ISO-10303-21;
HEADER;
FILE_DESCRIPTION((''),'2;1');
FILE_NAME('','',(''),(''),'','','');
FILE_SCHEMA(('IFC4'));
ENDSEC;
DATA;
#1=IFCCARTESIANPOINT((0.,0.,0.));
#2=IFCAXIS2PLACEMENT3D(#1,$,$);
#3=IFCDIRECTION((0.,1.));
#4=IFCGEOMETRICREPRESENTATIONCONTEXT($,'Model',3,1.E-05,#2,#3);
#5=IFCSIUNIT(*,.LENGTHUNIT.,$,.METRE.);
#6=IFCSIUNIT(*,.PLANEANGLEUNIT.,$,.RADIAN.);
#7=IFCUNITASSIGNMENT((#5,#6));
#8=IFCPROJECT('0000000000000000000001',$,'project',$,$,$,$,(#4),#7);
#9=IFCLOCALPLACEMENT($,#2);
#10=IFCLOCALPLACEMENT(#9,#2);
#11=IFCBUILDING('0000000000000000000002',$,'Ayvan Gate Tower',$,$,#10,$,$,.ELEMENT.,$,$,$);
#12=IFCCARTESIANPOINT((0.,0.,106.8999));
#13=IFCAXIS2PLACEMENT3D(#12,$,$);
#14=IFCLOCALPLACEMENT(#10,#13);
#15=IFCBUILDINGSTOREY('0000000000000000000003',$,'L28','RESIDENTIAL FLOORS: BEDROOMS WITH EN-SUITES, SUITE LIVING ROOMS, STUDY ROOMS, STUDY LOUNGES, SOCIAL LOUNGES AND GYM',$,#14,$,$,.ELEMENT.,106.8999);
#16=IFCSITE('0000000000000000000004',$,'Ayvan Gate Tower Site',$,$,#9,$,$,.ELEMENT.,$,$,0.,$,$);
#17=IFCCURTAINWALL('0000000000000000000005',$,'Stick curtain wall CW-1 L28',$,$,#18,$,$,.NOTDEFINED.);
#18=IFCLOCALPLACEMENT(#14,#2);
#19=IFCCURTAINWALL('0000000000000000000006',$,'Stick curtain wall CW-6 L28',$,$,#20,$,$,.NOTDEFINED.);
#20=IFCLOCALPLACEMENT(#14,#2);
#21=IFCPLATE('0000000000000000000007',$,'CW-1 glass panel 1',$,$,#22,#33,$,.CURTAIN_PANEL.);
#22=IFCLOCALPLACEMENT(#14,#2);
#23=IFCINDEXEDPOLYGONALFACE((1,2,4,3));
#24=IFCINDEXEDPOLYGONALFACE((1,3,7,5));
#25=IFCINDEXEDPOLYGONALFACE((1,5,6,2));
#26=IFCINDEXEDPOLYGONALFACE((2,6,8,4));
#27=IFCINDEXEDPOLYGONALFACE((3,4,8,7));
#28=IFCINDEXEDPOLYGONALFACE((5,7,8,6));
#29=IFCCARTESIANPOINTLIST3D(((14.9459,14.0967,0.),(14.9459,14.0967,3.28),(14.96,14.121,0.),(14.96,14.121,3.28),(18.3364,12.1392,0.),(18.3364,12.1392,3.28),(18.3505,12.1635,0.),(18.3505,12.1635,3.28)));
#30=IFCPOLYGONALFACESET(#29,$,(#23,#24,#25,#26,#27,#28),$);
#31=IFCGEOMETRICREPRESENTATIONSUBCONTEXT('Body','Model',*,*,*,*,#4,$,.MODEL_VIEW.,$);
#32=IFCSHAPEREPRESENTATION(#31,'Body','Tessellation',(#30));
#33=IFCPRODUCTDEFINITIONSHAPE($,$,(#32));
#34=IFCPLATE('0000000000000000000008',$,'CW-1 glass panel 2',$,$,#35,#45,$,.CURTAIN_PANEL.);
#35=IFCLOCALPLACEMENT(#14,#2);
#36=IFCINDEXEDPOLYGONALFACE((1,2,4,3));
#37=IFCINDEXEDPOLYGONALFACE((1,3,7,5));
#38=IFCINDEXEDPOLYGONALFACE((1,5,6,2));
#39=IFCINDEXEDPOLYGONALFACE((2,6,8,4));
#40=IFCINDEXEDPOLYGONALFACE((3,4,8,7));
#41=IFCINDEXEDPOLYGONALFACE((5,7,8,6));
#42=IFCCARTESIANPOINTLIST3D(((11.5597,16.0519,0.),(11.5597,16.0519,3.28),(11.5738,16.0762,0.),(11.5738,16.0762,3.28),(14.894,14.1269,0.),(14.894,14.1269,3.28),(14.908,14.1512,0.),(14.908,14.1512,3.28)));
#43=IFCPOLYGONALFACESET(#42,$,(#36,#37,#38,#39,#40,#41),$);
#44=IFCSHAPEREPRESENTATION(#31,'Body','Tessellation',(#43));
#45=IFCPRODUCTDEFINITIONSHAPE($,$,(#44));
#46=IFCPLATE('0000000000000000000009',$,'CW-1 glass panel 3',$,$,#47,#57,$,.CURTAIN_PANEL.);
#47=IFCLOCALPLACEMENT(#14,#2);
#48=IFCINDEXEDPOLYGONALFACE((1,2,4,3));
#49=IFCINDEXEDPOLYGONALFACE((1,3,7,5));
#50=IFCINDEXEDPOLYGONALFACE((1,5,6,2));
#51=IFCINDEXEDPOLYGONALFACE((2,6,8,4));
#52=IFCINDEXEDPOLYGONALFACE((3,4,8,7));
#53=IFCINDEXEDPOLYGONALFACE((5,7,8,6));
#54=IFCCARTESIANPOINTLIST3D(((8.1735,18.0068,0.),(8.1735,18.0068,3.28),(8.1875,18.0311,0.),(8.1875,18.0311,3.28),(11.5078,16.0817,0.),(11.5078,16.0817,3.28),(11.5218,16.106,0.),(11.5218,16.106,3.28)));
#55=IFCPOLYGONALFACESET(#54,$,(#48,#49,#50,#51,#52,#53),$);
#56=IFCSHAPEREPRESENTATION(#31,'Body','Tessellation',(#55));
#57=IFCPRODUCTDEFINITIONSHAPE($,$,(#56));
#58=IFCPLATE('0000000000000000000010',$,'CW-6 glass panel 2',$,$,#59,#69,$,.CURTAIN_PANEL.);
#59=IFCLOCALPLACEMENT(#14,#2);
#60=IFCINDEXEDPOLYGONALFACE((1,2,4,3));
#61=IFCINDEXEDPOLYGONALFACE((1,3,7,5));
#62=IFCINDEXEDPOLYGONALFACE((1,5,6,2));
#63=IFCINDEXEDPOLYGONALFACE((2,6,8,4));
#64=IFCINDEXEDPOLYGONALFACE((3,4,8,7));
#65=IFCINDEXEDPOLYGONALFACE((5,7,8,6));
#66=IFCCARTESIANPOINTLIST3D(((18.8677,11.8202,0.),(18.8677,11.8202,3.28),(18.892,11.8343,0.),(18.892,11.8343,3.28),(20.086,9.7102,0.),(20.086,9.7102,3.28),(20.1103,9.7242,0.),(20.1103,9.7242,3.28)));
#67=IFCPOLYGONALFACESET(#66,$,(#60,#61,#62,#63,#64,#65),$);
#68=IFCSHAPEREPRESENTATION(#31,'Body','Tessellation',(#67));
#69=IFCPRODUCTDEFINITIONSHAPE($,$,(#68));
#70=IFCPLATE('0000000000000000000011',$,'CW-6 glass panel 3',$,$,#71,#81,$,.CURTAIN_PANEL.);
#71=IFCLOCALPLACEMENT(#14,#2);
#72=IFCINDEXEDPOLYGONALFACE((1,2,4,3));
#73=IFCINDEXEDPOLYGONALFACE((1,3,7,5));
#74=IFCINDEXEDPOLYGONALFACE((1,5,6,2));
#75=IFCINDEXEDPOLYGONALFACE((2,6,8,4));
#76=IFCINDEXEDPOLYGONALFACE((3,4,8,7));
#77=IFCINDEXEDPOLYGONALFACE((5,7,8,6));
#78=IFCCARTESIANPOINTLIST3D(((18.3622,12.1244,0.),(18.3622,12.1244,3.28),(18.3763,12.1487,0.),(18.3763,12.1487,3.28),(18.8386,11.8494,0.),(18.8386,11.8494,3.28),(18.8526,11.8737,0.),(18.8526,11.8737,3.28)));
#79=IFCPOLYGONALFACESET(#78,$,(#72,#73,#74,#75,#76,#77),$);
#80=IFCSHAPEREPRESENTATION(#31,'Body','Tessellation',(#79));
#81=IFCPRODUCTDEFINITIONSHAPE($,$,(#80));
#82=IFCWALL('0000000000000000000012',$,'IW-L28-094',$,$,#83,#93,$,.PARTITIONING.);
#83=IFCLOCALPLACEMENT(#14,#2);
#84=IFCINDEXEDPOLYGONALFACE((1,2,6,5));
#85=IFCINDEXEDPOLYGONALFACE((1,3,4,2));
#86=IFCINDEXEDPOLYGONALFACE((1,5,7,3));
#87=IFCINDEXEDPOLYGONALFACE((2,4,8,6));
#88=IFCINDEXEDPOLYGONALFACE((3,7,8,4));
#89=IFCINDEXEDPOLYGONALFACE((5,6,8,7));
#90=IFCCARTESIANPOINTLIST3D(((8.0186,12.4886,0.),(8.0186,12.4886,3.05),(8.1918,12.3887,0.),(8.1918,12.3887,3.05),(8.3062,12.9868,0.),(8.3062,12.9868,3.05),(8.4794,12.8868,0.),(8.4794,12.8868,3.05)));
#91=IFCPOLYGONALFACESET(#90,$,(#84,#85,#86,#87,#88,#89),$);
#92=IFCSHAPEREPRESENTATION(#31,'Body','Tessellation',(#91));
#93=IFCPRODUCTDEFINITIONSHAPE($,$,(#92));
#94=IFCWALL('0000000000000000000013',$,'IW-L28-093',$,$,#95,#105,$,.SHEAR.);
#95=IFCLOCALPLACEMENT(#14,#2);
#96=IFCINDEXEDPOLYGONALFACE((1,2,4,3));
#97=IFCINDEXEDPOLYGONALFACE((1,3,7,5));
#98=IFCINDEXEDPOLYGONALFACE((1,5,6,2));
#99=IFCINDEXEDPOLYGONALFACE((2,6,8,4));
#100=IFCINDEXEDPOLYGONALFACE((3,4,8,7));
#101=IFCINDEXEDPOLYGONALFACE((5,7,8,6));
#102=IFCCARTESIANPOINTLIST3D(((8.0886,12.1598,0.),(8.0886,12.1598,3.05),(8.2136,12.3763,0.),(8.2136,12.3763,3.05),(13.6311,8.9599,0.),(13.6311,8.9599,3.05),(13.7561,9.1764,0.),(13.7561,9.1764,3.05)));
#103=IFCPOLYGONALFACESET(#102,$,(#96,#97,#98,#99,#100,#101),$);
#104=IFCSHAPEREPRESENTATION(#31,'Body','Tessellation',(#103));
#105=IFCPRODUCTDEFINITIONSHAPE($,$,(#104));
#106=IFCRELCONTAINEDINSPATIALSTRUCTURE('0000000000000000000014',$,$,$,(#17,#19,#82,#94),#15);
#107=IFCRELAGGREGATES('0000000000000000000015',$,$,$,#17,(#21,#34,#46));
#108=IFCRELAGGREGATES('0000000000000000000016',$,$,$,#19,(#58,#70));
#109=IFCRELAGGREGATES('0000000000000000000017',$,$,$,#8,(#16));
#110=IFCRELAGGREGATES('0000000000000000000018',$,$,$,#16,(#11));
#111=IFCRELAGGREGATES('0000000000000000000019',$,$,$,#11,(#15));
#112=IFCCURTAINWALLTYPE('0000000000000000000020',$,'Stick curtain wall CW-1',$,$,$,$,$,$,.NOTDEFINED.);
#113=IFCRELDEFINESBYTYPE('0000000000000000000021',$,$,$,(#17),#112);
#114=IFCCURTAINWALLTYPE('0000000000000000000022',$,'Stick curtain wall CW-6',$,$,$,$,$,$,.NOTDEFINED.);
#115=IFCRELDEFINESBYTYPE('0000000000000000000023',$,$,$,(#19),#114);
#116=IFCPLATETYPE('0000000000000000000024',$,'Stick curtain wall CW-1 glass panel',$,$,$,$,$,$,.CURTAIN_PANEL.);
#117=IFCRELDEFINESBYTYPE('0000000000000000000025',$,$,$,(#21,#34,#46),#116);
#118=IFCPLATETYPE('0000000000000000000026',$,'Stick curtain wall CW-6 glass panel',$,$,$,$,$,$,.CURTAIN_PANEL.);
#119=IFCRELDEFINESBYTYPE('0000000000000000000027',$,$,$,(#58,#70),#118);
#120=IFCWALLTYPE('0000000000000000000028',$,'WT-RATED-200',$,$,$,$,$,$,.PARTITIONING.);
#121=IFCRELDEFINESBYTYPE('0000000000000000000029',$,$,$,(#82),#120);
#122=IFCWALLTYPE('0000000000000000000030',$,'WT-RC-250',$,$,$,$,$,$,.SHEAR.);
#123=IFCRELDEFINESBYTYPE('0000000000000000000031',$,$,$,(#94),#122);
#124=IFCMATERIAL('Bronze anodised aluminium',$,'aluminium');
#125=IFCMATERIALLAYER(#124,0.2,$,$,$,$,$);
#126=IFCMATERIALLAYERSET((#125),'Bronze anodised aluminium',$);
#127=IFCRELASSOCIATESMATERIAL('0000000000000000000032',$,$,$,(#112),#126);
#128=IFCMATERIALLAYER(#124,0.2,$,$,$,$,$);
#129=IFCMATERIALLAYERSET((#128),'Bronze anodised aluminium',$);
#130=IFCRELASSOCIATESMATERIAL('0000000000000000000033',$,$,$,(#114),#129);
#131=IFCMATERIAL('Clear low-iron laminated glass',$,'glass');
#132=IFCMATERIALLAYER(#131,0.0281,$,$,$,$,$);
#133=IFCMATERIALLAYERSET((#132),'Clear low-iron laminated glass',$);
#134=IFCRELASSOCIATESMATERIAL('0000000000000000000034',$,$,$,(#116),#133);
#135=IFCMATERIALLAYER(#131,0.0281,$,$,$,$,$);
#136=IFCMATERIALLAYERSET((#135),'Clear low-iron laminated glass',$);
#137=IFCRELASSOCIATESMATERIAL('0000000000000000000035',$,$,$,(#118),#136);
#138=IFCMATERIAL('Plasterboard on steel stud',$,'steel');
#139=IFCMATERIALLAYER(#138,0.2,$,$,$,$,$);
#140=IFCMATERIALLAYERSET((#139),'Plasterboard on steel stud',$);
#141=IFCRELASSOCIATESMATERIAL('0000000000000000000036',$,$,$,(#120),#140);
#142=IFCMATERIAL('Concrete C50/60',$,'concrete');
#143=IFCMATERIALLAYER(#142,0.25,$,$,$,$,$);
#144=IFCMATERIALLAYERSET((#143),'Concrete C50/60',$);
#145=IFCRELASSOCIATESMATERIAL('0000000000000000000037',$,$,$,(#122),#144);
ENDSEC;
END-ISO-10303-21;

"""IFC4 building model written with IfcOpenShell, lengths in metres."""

from ifc_helpers import new_model, si_unit, direction, frame, frame_2d, origin, origin_2d, place, context, subcontext, project, spatial, rectangle, extrude, material, layer, layer_set, type_object, element, aggregate, save


model = new_model("IFC4")

# Units and contexts
model_context = context("Model", 3, precision=1e-05, world=origin(), true_north=direction((0.0, 1.0)))
body_context = subcontext(model_context, "Body", "Model", "MODEL_VIEW")
ifc_project = project(units=[si_unit("LENGTHUNIT", "METRE"), si_unit("PLANEANGLEUNIT", "RADIAN")], contexts=[model_context])

# Site, building, storey
site_placement = place(None, origin())
site = spatial("IfcSite", under=ifc_project, at=site_placement, Name="Ayvan Gate Tower Site", CompositionType="ELEMENT", RefElevation=0.0)
building_placement = place(site_placement, origin())
building = spatial("IfcBuilding", under=site, at=building_placement, Name="Ayvan Gate Tower", CompositionType="ELEMENT")
storey_placement = place(building_placement, frame((0.0, 0.0, 106.8999)))
storey = spatial("IfcBuildingStorey", under=building, at=storey_placement, Name="L28", Description="RESIDENTIAL FLOORS: BEDROOMS WITH EN-SUITES, SUITE LIVING ROOMS, STUDY ROOMS, STUDY LOUNGES, SOCIAL LOUNGES AND GYM", CompositionType="ELEMENT", Elevation=106.8999)

# Curtain walls
ifc_material_1 = material(Name="Bronze anodised aluminium", Category="aluminium")
ifc_layer_1 = layer(ifc_material_1, 0.2)
ifc_layer_set_1 = layer_set([ifc_layer_1], Name="Bronze anodised aluminium")
curtain_wall_type_1 = type_object("IfcCurtainWallType", Name="Stick curtain wall CW-1", PredefinedType="NOTDEFINED", material=ifc_layer_set_1)
curtain_wall_1_placement = place(storey_placement, origin())
curtain_wall_1 = element("IfcCurtainWall", 1, at=curtain_wall_1_placement, inside=storey, type_object=curtain_wall_type_1, Name="Stick curtain wall CW-1 L28", PredefinedType="NOTDEFINED")
ifc_layer_2 = layer(ifc_material_1, 0.2)
ifc_layer_set_2 = layer_set([ifc_layer_2], Name="Bronze anodised aluminium")
curtain_wall_type_2 = type_object("IfcCurtainWallType", Name="Stick curtain wall CW-6", PredefinedType="NOTDEFINED", material=ifc_layer_set_2)
curtain_wall_2_placement = place(storey_placement, origin())
curtain_wall_2 = element("IfcCurtainWall", 2, at=curtain_wall_2_placement, inside=storey, type_object=curtain_wall_type_2, Name="Stick curtain wall CW-6 L28", PredefinedType="NOTDEFINED")

# Plates
ifc_material_2 = material(Name="Clear low-iron laminated glass", Category="glass")
ifc_layer_3 = layer(ifc_material_2, 0.0281)
ifc_layer_set_3 = layer_set([ifc_layer_3], Name="Clear low-iron laminated glass")
plate_type_1 = type_object("IfcPlateType", Name="Stick curtain wall CW-1 glass panel", PredefinedType="CURTAIN_PANEL", material=ifc_layer_set_3)
plate_1_placement = place(storey_placement, frame((16.6482, 13.1301, 0.0), z_axis=(0.0, 0.0, 1.0), x_axis=(-0.866025, 0.5, 0.0)))
plate_1 = element("IfcPlate", 3, at=plate_1_placement, type_object=plate_type_1, Name="CW-1 glass panel 1", PredefinedType="CURTAIN_PANEL", context=body_context, shape_type="SweptSolid", body=[
    extrude(rectangle(XDim=3.915, YDim=0.0281, at=origin_2d()), origin(), (0.0, 0.0, 1.0), 3.28),
])
plate_2_placement = place(storey_placement, frame((13.2339, 15.1016, 0.0), z_axis=(0.0, 0.0, 1.0), x_axis=(-0.866025, 0.5, 0.0)))
plate_2 = element("IfcPlate", 4, at=plate_2_placement, type_object=plate_type_1, Name="CW-1 glass panel 2", PredefinedType="CURTAIN_PANEL", context=body_context, shape_type="SweptSolid", body=[
    extrude(rectangle(XDim=3.8501, YDim=0.0281, at=origin_2d()), origin(), (0.0, 0.0, 1.0), 3.28),
])
plate_3_placement = place(storey_placement, frame((9.8477, 17.0564, 0.0), z_axis=(0.0, 0.0, 1.0), x_axis=(-0.866025, 0.5, 0.0)))
plate_3 = element("IfcPlate", 5, at=plate_3_placement, type_object=plate_type_1, Name="CW-1 glass panel 3", PredefinedType="CURTAIN_PANEL", context=body_context, shape_type="SweptSolid", body=[
    extrude(rectangle(XDim=3.8501, YDim=0.0281, at=origin_2d()), origin(), (0.0, 0.0, 1.0), 3.28),
])
aggregate(curtain_wall_1, [plate_1, plate_2, plate_3])
ifc_layer_4 = layer(ifc_material_2, 0.0281)
ifc_layer_set_4 = layer_set([ifc_layer_4], Name="Clear low-iron laminated glass")
plate_type_2 = type_object("IfcPlateType", Name="Stick curtain wall CW-6 glass panel", PredefinedType="CURTAIN_PANEL", material=ifc_layer_set_4)
plate_4_placement = place(storey_placement, frame((19.489, 10.7722, 0.0), z_axis=(0.0, 0.0, 1.0), x_axis=(-0.5, 0.866025, 0.0)))
plate_4 = element("IfcPlate", 6, at=plate_4_placement, type_object=plate_type_2, Name="CW-6 glass panel 2", PredefinedType="CURTAIN_PANEL", context=body_context, shape_type="SweptSolid", body=[
    extrude(rectangle(XDim=2.4365, YDim=0.0281, at=origin_2d()), origin(), (0.0, 0.0, 1.0), 3.28),
])
plate_5_placement = place(storey_placement, frame((18.6074, 11.999, 0.0), z_axis=(0.0, 0.0, 1.0), x_axis=(-0.866025, 0.5, 0.0)))
plate_5 = element("IfcPlate", 7, at=plate_5_placement, type_object=plate_type_2, Name="CW-6 glass panel 3", PredefinedType="CURTAIN_PANEL", context=body_context, shape_type="SweptSolid", body=[
    extrude(rectangle(XDim=0.55, YDim=0.0281, at=origin_2d()), origin(), (0.0, 0.0, 1.0), 3.28),
])
aggregate(curtain_wall_2, [plate_4, plate_5])

# Walls
ifc_material_3 = material(Name="Plasterboard on steel stud", Category="steel")
ifc_layer_5 = layer(ifc_material_3, 0.2)
ifc_layer_set_5 = layer_set([ifc_layer_5], Name="Plasterboard on steel stud")
wall_type_1 = type_object("IfcWallType", Name="WT-RATED-200", PredefinedType="PARTITIONING", material=ifc_layer_set_5)
wall_1_placement = place(storey_placement, frame((8.3928, 12.9368, 0.0), z_axis=(0.0, 0.0, 1.0), x_axis=(-0.500065, -0.865988, 0.0)))
element("IfcWall", 8, at=wall_1_placement, inside=storey, type_object=wall_type_1, Name="IW-L28-094", PredefinedType="PARTITIONING", context=body_context, shape_type="SweptSolid", body=[
    extrude(rectangle(XDim=0.5752, YDim=0.2, at=frame_2d((0.2876, 0.0))), origin(), (0.0, 0.0, 1.0), 3.05),
])
ifc_material_4 = material(Name="Concrete C50/60", Category="concrete")
ifc_layer_6 = layer(ifc_material_4, 0.25)
ifc_layer_set_6 = layer_set([ifc_layer_6], Name="Concrete C50/60")
wall_type_2 = type_object("IfcWallType", Name="WT-RC-250", PredefinedType="SHEAR", material=ifc_layer_set_6)
wall_2_placement = place(storey_placement, frame((8.1511, 12.2681, 0.0), z_axis=(0.0, 0.0, 1.0), x_axis=(0.866025, -0.5, 0.0)))
element("IfcWall", 9, at=wall_2_placement, inside=storey, type_object=wall_type_2, Name="IW-L28-093", PredefinedType="SHEAR", context=body_context, shape_type="SweptSolid", body=[
    extrude(rectangle(XDim=6.3999, YDim=0.25, at=frame_2d((3.2, 0.0))), origin(), (0.0, 0.0, 1.0), 3.05),
])

save(model, "model.ifc")
